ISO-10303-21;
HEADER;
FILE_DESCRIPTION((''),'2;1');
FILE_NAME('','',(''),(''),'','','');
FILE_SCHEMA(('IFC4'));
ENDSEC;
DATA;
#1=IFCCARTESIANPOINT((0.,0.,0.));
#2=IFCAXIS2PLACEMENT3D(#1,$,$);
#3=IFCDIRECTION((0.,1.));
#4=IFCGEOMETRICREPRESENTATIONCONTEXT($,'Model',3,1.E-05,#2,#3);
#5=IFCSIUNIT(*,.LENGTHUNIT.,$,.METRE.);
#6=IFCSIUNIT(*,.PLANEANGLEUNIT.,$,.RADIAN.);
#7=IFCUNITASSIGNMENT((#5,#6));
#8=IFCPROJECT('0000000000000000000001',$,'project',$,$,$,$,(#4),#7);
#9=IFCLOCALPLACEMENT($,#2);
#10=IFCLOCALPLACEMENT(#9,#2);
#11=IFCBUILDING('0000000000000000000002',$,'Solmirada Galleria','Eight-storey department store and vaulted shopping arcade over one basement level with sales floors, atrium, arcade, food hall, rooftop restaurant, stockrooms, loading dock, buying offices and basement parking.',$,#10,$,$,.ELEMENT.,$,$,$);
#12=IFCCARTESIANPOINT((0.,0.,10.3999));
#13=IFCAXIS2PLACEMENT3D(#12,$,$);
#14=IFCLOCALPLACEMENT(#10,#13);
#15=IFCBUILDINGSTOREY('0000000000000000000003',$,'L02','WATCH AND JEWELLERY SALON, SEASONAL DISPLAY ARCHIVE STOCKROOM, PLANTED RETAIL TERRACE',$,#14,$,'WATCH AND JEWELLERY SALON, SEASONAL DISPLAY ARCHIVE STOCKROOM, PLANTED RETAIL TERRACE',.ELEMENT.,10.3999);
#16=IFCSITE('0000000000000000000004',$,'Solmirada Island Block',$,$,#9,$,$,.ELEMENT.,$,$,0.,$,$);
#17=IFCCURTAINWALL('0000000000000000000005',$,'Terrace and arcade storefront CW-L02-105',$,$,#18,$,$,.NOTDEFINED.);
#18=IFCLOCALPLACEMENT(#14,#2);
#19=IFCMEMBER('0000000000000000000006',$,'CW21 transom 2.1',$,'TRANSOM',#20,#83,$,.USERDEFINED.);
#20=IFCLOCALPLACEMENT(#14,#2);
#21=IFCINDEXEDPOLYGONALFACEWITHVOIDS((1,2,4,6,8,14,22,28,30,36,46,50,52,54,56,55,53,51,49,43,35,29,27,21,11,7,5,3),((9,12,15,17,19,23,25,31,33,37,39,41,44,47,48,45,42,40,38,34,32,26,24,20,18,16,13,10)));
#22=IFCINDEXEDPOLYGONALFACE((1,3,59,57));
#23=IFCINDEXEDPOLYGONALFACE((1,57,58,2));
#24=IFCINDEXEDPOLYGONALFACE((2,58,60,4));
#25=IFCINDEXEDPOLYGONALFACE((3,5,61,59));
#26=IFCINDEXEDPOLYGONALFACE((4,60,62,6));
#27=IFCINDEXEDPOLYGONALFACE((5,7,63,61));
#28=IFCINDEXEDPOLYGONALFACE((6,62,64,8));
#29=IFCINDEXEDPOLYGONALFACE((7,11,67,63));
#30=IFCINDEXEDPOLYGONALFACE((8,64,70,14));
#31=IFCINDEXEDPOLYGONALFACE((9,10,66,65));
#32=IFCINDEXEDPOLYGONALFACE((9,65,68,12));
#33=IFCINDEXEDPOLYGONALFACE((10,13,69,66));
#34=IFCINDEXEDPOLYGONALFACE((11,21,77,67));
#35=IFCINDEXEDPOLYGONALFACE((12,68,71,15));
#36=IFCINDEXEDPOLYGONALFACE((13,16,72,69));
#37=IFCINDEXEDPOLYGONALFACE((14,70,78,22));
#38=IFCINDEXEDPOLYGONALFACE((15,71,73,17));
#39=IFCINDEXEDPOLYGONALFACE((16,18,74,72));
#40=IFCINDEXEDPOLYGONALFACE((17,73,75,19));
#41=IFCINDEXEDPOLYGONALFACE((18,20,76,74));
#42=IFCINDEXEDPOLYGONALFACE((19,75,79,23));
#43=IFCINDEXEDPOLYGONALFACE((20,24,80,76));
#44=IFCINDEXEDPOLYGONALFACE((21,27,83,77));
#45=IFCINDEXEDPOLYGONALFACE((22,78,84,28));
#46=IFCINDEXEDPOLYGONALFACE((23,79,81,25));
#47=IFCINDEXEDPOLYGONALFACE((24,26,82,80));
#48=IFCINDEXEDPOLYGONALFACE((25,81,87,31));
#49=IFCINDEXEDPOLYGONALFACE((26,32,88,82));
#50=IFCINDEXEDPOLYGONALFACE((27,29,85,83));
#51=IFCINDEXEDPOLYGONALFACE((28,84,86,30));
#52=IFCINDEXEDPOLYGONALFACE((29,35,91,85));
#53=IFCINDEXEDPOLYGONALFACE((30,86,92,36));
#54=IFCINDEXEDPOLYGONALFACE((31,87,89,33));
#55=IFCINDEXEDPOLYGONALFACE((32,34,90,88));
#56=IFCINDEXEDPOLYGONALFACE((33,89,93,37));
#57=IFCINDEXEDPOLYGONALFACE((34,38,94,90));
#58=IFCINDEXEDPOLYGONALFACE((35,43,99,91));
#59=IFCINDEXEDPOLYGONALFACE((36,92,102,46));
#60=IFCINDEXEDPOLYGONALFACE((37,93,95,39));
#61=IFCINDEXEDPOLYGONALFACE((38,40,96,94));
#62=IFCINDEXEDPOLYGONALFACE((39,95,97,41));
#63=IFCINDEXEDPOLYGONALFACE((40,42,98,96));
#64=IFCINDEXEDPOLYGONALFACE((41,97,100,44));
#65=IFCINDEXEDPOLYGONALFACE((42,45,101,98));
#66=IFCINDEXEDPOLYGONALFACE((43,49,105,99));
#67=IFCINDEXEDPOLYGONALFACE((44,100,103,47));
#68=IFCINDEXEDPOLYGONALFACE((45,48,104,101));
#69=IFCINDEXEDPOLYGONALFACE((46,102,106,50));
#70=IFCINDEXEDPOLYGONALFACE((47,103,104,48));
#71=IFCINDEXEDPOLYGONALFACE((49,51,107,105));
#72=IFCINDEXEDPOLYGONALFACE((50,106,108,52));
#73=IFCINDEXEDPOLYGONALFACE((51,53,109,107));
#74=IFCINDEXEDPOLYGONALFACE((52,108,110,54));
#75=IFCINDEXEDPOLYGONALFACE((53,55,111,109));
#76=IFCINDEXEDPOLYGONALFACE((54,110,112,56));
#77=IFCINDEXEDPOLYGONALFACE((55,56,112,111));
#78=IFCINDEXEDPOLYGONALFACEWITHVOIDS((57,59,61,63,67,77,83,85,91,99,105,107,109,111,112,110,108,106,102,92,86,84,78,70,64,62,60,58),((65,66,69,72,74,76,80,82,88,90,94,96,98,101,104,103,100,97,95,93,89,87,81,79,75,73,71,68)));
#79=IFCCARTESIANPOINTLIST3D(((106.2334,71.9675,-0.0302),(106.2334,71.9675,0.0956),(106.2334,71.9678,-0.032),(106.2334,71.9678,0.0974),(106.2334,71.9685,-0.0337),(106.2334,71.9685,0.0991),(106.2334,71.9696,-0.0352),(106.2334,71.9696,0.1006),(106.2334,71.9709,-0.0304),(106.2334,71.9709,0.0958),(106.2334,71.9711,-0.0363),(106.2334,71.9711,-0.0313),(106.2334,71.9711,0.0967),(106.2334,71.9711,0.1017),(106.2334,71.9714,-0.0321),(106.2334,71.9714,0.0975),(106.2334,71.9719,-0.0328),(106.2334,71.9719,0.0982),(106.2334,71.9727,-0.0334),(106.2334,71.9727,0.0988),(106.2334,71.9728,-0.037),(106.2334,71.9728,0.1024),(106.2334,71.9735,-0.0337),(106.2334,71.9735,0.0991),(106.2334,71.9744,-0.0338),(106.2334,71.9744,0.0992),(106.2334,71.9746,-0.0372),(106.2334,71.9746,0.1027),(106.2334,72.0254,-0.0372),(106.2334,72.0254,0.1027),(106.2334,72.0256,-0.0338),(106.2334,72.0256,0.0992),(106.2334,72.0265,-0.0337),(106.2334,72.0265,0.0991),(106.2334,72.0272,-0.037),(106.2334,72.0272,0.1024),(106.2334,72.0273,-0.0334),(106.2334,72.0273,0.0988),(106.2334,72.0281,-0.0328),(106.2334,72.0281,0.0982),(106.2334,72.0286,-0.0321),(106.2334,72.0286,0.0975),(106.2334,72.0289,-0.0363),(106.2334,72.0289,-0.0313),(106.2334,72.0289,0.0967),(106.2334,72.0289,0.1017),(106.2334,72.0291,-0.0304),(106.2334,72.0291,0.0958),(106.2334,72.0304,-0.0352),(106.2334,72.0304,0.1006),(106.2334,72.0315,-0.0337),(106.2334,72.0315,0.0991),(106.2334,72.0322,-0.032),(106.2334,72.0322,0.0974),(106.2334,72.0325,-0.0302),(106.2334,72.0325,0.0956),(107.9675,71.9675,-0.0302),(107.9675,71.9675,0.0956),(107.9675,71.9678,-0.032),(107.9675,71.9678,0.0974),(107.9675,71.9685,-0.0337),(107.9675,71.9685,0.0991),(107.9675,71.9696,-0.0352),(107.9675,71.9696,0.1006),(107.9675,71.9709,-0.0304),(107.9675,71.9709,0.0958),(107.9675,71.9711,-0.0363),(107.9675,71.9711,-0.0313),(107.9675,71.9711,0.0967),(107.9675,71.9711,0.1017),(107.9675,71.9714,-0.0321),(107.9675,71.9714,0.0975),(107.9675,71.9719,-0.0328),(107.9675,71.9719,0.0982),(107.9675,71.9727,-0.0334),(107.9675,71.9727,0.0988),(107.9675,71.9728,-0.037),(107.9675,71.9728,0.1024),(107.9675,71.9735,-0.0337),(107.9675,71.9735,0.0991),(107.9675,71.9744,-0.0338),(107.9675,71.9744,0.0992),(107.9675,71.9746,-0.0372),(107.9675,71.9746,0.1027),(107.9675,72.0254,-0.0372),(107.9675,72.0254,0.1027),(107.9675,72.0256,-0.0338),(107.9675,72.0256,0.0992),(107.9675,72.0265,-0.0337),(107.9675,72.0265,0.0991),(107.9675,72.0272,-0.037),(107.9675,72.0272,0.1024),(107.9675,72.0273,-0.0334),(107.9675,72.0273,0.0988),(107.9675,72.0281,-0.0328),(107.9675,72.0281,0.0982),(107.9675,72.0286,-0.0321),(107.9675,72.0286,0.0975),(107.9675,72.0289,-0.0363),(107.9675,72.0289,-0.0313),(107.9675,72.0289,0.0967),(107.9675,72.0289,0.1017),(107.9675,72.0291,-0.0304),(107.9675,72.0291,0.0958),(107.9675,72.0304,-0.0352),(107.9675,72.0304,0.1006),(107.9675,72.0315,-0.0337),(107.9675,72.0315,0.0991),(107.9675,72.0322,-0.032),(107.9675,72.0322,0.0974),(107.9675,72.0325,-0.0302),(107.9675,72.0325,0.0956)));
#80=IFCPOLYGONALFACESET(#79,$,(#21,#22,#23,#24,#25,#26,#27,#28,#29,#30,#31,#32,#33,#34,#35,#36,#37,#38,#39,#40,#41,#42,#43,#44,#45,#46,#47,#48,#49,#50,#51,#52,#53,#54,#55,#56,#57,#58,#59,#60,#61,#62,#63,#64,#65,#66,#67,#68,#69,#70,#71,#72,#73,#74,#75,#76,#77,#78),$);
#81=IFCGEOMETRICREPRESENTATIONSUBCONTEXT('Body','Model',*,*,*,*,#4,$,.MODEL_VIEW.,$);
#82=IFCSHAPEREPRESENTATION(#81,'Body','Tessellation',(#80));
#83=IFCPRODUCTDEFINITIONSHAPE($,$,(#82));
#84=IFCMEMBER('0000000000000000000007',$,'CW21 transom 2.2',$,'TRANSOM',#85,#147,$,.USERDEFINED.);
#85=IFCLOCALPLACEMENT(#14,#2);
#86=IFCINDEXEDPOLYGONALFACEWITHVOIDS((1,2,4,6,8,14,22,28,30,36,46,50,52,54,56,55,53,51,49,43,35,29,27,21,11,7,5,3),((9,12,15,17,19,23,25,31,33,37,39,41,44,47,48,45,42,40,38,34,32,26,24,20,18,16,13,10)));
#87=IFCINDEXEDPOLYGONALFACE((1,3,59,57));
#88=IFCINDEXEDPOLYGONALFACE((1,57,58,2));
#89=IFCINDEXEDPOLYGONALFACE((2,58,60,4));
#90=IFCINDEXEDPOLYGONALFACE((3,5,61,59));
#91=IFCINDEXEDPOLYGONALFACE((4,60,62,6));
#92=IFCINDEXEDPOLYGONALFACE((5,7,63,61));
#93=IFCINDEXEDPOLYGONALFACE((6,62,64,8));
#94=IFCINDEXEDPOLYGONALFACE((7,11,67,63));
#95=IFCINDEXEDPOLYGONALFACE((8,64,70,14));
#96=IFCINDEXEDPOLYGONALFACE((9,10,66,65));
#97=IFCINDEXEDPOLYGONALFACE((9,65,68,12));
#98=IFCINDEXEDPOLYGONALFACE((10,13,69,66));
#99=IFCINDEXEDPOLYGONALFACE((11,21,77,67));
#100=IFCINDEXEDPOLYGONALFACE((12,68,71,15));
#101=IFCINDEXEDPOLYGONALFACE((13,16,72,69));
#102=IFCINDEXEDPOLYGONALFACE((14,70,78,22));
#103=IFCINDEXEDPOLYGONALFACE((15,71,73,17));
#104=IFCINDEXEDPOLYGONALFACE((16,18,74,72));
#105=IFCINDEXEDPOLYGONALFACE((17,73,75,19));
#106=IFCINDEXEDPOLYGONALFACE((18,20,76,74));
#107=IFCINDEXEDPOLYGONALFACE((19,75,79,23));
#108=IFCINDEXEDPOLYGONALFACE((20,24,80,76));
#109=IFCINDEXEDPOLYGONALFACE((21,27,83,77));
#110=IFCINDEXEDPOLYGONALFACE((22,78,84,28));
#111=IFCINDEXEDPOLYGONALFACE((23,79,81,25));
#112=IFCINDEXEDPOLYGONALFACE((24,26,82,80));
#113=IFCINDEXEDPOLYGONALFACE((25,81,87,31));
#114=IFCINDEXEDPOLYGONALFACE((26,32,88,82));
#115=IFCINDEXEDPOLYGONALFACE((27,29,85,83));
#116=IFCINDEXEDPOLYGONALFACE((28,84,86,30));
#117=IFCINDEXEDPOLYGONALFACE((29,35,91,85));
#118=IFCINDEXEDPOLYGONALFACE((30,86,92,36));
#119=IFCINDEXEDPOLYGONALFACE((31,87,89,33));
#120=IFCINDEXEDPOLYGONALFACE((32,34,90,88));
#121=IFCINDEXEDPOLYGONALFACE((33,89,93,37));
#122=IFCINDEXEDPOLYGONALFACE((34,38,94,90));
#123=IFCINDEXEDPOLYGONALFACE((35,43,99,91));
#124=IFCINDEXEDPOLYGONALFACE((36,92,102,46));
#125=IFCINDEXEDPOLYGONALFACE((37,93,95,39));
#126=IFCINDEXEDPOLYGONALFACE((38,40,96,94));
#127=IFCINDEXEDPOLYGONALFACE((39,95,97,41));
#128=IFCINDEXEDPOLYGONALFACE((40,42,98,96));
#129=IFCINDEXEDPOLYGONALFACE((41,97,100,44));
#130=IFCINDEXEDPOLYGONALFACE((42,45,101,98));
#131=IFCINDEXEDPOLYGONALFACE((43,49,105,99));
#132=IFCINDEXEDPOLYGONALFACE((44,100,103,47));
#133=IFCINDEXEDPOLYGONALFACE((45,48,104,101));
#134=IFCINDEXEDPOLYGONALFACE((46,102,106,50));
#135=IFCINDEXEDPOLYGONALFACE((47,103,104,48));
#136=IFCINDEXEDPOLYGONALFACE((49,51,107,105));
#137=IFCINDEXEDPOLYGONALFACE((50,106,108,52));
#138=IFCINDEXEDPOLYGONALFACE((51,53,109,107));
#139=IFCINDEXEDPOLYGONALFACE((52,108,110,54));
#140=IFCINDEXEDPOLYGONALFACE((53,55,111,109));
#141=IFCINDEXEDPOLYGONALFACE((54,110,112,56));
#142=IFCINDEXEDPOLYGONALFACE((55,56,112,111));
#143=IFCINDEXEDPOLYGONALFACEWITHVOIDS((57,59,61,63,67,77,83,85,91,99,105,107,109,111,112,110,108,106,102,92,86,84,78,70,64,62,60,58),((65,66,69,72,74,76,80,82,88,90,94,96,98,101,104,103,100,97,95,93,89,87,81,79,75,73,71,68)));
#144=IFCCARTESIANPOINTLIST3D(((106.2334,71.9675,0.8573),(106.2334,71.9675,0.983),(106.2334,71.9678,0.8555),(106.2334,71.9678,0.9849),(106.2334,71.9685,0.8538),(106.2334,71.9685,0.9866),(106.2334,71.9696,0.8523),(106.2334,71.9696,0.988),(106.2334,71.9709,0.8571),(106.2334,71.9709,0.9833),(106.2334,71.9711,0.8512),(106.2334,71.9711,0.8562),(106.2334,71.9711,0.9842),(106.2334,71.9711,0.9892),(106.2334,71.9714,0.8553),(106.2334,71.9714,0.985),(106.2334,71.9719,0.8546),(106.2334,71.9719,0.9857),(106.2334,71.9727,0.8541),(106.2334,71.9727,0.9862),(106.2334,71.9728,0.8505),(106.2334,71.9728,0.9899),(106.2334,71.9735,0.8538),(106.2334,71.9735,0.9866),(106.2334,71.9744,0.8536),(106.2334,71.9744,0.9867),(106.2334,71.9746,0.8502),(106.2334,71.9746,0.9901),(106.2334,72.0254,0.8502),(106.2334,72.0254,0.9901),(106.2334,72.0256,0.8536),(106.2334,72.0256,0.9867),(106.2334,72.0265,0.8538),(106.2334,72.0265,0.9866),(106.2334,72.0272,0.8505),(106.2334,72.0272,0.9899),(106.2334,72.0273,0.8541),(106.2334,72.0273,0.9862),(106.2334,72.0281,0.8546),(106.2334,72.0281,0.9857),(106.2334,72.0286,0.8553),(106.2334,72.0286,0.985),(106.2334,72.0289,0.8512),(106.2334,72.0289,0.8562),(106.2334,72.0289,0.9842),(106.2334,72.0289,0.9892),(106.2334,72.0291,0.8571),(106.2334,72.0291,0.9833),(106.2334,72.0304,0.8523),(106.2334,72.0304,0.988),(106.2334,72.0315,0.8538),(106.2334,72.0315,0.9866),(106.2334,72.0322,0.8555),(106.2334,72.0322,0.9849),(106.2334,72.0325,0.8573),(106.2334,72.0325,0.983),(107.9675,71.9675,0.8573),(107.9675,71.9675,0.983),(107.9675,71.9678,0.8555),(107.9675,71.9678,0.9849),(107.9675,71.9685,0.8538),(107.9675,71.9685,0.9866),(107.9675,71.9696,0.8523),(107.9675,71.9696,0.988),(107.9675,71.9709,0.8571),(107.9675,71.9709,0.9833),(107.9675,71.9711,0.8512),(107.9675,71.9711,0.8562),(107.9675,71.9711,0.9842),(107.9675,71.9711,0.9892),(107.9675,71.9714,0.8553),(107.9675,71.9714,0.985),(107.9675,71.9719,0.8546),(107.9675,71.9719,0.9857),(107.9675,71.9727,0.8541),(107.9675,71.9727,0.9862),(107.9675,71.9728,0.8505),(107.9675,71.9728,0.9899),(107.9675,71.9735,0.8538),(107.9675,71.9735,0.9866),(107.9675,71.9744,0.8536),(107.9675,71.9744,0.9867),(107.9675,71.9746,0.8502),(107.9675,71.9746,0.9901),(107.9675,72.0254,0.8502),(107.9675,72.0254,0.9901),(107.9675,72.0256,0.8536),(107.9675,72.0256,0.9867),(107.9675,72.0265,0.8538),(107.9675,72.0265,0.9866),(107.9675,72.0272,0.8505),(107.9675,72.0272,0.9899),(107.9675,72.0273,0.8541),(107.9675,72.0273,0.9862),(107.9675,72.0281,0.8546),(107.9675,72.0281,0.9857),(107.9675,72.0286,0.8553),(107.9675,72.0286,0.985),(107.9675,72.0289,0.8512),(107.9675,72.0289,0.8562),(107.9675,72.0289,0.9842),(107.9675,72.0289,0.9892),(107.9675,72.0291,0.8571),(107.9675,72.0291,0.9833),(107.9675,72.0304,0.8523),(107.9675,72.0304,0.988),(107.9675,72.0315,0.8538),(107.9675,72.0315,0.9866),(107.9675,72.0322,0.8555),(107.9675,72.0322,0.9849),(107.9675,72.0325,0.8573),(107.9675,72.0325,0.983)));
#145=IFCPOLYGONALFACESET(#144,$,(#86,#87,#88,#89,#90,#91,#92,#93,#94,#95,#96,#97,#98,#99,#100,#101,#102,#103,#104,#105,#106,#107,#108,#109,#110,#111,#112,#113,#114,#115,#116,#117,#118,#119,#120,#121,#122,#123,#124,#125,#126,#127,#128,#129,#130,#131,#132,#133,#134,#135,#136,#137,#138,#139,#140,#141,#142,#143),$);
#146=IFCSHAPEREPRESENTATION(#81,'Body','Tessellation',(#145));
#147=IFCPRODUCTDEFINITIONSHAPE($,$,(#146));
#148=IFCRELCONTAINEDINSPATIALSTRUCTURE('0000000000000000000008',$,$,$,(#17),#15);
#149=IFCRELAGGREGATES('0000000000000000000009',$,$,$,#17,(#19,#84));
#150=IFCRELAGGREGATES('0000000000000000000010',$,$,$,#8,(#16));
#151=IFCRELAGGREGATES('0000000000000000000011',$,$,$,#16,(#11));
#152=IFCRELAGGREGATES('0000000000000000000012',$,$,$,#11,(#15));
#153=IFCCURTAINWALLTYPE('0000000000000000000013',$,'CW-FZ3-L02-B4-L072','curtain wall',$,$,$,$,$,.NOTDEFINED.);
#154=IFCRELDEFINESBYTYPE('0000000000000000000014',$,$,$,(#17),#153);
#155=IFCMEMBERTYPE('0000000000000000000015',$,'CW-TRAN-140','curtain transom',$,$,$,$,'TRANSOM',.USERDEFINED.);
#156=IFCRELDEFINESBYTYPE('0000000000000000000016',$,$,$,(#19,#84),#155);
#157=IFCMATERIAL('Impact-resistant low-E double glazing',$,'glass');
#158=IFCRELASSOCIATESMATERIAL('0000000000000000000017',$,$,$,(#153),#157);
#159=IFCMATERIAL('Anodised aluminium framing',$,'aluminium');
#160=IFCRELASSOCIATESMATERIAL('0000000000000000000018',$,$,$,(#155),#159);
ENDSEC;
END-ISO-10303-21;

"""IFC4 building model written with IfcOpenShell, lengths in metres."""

from ifc_helpers import new_model, si_unit, direction, frame, origin, origin_2d, place, context, subcontext, project, spatial, hollow_rectangle, extrude, material, material_profile, profile_set, type_object, element, aggregate, save


model = new_model("IFC4")

# Units and contexts
model_context = context("Model", 3, precision=1e-05, world=origin(), true_north=direction((0.0, 1.0)))
body_context = subcontext(model_context, "Body", "Model", "MODEL_VIEW")
ifc_project = project(units=[si_unit("LENGTHUNIT", "METRE"), si_unit("PLANEANGLEUNIT", "RADIAN")], contexts=[model_context])

# Site, building, storey
site_placement = place(None, origin())
site = spatial("IfcSite", under=ifc_project, at=site_placement, Name="Solmirada Island Block", CompositionType="ELEMENT", RefElevation=0.0)
building_placement = place(site_placement, origin())
building = spatial("IfcBuilding", under=site, at=building_placement, Name="Solmirada Galleria", Description="Eight-storey department store and vaulted shopping arcade over one basement level with sales floors, atrium, arcade, food hall, rooftop restaurant, stockrooms, loading dock, buying offices and basement parking.", CompositionType="ELEMENT")
storey_placement = place(building_placement, frame((0.0, 0.0, 10.3999)))
storey = spatial("IfcBuildingStorey", under=building, at=storey_placement, Name="L02", Description="WATCH AND JEWELLERY SALON, SEASONAL DISPLAY ARCHIVE STOCKROOM, PLANTED RETAIL TERRACE", LongName="WATCH AND JEWELLERY SALON, SEASONAL DISPLAY ARCHIVE STOCKROOM, PLANTED RETAIL TERRACE", CompositionType="ELEMENT", Elevation=10.3999)

# Curtain wall
ifc_material_1 = material(Name="Impact-resistant low-E double glazing", Category="glass")
curtain_wall_type = type_object("IfcCurtainWallType", Name="CW-FZ3-L02-B4-L072", Description="curtain wall", PredefinedType="NOTDEFINED", material=ifc_material_1)
ifc_material_2 = material(Name="Anodised aluminium framing", Category="aluminium")
curtain_wall_1_placement = place(storey_placement, origin())
curtain_wall_1 = element("IfcCurtainWall", 1, at=curtain_wall_1_placement, inside=storey, type_object=curtain_wall_type, Name="Terrace and arcade storefront CW-L02-105", PredefinedType="NOTDEFINED")

# Members
ifc_material_profile_1 = material_profile(ifc_material_2, hollow_rectangle(XDim=0.0649, YDim=0.1399, WallThickness=0.0034, InnerFilletRadius=0.0034, OuterFilletRadius=0.0071, at=origin_2d()), Name="ALU-TRAN-140X65")
ifc_profile_set_1 = profile_set([ifc_material_profile_1], Name="Anodised aluminium framing")
member_type_1 = type_object("IfcMemberType", Name="CW-TRAN-140", Description="curtain transom", ElementType="TRANSOM", PredefinedType="USERDEFINED", material=ifc_profile_set_1)
member_1_placement = place(storey_placement, frame((106.2334, 72.0, 0.0327), z_axis=(1.0, 0.0, 0.0), x_axis=(0.0, 1.0, 0.0)))
member_1 = element("IfcMember", 2, at=member_1_placement, type_object=member_type_1, Name="CW21 transom 2.1", ObjectType="TRANSOM", PredefinedType="USERDEFINED", context=body_context, shape_type="SweptSolid", body=[
    extrude(hollow_rectangle(XDim=0.0649, YDim=0.1399, WallThickness=0.0034, InnerFilletRadius=0.0034, OuterFilletRadius=0.0071, at=origin_2d()), origin(), (0.0, 0.0, 1.0), 1.7341),
])
member_2_placement = place(storey_placement, frame((106.2334, 72.0, 0.9202), z_axis=(1.0, 0.0, 0.0), x_axis=(0.0, 1.0, 0.0)))
member_2 = element("IfcMember", 3, at=member_2_placement, type_object=member_type_1, Name="CW21 transom 2.2", ObjectType="TRANSOM", PredefinedType="USERDEFINED", context=body_context, shape_type="SweptSolid", body=[
    extrude(hollow_rectangle(XDim=0.0649, YDim=0.1399, WallThickness=0.0034, InnerFilletRadius=0.0034, OuterFilletRadius=0.0071, at=origin_2d()), origin(), (0.0, 0.0, 1.0), 1.7341),
])

aggregate(curtain_wall_1, [member_1, member_2])

save(model, "model.ifc")
